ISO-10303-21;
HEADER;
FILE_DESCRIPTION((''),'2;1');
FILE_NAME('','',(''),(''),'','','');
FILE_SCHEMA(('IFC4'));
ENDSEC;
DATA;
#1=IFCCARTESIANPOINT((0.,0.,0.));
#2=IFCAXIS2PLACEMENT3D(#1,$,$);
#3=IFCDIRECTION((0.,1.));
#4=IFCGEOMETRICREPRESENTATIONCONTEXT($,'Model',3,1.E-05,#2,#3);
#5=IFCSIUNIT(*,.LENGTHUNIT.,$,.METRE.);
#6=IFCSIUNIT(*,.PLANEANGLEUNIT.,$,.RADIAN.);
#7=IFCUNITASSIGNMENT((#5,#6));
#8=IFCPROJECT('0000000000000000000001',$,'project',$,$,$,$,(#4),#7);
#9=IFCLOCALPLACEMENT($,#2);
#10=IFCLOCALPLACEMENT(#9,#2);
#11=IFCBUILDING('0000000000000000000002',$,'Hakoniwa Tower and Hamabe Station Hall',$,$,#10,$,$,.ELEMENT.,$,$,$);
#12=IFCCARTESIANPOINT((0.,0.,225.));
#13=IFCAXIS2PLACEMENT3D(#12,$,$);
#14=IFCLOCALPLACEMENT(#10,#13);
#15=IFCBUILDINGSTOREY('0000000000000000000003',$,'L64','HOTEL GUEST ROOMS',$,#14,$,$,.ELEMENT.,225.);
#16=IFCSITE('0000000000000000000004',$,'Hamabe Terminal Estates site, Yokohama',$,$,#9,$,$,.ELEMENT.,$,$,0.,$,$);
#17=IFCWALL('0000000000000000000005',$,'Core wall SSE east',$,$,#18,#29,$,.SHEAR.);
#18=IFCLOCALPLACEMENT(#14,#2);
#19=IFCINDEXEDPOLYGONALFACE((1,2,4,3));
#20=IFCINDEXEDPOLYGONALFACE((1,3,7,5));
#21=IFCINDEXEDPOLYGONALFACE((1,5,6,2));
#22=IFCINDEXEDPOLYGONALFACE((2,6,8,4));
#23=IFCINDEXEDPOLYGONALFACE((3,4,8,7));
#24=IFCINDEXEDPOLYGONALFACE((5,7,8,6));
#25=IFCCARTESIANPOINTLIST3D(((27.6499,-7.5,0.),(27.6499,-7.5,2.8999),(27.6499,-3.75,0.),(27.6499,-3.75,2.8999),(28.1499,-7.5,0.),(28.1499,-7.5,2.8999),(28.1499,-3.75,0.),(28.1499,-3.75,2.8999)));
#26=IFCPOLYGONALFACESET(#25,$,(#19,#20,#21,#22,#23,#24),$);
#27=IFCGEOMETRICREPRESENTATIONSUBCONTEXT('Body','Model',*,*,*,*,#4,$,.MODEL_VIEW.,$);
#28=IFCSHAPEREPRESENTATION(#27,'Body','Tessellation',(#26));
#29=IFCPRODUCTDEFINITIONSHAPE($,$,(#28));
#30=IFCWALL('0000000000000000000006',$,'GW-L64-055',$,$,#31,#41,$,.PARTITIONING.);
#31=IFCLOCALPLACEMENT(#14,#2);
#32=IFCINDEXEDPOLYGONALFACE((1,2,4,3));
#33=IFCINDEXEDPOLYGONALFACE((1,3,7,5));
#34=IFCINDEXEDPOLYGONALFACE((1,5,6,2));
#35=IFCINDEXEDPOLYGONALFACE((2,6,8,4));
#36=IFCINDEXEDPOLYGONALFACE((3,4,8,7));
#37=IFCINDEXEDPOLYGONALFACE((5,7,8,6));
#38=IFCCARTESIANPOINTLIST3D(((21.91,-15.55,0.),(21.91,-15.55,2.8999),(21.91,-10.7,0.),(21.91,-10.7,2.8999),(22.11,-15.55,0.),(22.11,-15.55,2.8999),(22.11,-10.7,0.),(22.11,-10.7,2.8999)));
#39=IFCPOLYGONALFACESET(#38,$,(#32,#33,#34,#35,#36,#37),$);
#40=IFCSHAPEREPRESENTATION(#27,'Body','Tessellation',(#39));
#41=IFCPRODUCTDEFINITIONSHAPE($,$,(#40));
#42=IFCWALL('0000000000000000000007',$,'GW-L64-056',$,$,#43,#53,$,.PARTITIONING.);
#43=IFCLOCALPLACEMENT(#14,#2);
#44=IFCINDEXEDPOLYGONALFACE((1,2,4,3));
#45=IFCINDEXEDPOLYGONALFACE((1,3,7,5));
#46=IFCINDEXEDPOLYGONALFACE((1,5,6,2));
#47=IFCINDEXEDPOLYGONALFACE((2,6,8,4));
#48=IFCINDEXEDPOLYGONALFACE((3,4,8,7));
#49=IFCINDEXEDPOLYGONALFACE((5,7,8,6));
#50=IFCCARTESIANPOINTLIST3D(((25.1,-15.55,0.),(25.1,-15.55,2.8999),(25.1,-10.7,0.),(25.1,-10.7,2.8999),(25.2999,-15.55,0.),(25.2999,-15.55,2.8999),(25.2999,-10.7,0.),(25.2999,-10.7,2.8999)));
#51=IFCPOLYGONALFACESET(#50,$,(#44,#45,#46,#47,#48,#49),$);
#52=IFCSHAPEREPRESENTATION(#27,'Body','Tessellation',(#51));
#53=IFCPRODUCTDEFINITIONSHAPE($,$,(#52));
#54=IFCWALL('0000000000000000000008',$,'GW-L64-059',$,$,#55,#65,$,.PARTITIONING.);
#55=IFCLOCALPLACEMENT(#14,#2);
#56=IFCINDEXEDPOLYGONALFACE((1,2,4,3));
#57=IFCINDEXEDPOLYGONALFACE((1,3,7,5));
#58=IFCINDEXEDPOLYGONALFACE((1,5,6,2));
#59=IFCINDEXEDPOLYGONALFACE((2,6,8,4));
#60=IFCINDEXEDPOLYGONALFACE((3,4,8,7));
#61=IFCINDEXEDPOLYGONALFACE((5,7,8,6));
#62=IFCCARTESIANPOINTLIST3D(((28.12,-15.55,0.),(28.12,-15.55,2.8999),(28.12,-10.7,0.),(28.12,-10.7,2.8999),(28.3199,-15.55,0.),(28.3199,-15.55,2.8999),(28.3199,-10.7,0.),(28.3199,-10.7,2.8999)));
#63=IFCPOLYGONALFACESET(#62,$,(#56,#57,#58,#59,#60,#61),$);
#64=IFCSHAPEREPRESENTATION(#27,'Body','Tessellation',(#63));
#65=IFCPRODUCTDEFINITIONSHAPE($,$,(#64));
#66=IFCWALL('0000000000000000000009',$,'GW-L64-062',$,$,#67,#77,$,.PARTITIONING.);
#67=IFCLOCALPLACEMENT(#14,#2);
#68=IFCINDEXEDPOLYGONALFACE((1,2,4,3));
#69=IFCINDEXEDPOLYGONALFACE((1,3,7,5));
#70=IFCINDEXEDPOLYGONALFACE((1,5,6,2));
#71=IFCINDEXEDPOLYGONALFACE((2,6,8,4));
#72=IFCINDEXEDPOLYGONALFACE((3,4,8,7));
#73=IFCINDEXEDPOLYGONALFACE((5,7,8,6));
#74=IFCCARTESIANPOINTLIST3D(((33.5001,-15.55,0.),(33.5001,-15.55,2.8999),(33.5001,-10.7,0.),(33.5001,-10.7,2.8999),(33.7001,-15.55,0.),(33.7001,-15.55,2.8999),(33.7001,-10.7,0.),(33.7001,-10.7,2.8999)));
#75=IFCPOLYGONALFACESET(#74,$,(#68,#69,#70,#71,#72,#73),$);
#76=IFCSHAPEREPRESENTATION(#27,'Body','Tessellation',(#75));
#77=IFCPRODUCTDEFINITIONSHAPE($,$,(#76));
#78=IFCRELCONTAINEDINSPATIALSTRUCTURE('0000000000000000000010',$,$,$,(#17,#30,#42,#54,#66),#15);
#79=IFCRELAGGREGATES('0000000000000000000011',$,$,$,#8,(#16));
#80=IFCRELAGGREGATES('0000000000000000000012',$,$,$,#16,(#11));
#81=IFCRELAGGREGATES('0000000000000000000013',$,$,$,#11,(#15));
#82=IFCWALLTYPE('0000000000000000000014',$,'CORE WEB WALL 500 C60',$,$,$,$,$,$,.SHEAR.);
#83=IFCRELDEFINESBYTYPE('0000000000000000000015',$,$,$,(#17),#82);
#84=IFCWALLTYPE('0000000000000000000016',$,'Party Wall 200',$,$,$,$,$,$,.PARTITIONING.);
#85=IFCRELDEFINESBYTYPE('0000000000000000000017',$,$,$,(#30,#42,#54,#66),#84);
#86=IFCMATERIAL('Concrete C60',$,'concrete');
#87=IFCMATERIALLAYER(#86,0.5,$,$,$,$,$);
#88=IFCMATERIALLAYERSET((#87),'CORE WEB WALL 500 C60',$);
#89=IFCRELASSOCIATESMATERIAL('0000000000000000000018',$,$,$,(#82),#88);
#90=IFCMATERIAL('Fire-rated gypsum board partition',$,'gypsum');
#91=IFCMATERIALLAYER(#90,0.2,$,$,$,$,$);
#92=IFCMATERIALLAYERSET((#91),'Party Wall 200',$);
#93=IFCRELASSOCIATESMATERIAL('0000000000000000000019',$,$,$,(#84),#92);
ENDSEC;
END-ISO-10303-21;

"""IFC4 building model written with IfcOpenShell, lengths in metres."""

from ifc_helpers import new_model, si_unit, direction, frame, frame_2d, origin, place, context, subcontext, project, spatial, rectangle, extrude, material, layer, layer_set, type_object, element, save


model = new_model("IFC4")

# Units and contexts
model_context = context("Model", 3, precision=1e-05, world=origin(), true_north=direction((0.0, 1.0)))
body_context = subcontext(model_context, "Body", "Model", "MODEL_VIEW")
ifc_project = project(units=[si_unit("LENGTHUNIT", "METRE"), si_unit("PLANEANGLEUNIT", "RADIAN")], contexts=[model_context])

# Site, building, storey
site_placement = place(None, origin())
site = spatial("IfcSite", under=ifc_project, at=site_placement, Name="Hamabe Terminal Estates site, Yokohama", CompositionType="ELEMENT", RefElevation=0.0)
building_placement = place(site_placement, origin())
building = spatial("IfcBuilding", under=site, at=building_placement, Name="Hakoniwa Tower and Hamabe Station Hall", CompositionType="ELEMENT")
storey_placement = place(building_placement, frame((0.0, 0.0, 225.0)))
storey = spatial("IfcBuildingStorey", under=building, at=storey_placement, Name="L64", Description="HOTEL GUEST ROOMS", CompositionType="ELEMENT", Elevation=225.0)

# Walls
ifc_material_1 = material(Name="Concrete C60", Category="concrete")
ifc_layer_1 = layer(ifc_material_1, 0.5)
ifc_layer_set_1 = layer_set([ifc_layer_1], Name="CORE WEB WALL 500 C60")
wall_type_1 = type_object("IfcWallType", Name="CORE WEB WALL 500 C60", PredefinedType="SHEAR", material=ifc_layer_set_1)
wall_1_placement = place(storey_placement, frame((27.8999, -7.5, 0.0), z_axis=(0.0, 0.0, 1.0), x_axis=(0.0, 1.0, 0.0)))
element("IfcWall", 1, at=wall_1_placement, inside=storey, type_object=wall_type_1, Name="Core wall SSE east", PredefinedType="SHEAR", context=body_context, shape_type="SweptSolid", body=[
    extrude(rectangle(XDim=3.75, YDim=0.5, at=frame_2d((1.875, 0.0))), origin(), (0.0, 0.0, 1.0), 2.8999),
])
ifc_material_2 = material(Name="Fire-rated gypsum board partition", Category="gypsum")
ifc_layer_2 = layer(ifc_material_2, 0.2)
ifc_layer_set_2 = layer_set([ifc_layer_2], Name="Party Wall 200")
wall_type_2 = type_object("IfcWallType", Name="Party Wall 200", PredefinedType="PARTITIONING", material=ifc_layer_set_2)
for number, where, z_axis, x_axis, name in (
    (2, (22.01, -15.55, 0.0), (0.0, 0.0, 1.0), (0.0, 1.0, 0.0), "GW-L64-055"),
    (3, (25.2, -15.55, 0.0), (0.0, 0.0, 1.0), (0.0, 1.0, 0.0), "GW-L64-056"),
    (4, (28.22, -15.55, 0.0), (0.0, 0.0, 1.0), (0.0, 1.0, 0.0), "GW-L64-059"),
    (5, (33.6001, -15.55, 0.0), (0.0, 0.0, 1.0), (0.0, 1.0, 0.0), "GW-L64-062"),
):
    element("IfcWall", number, at=place(storey_placement, frame(where, z_axis=z_axis, x_axis=x_axis)), inside=storey, type_object=wall_type_2, Name=name, PredefinedType="PARTITIONING", context=body_context, shape_type="SweptSolid", body=[
        extrude(rectangle(XDim=4.8501, YDim=0.2, at=frame_2d((2.425, 0.0))), origin(), (0.0, 0.0, 1.0), 2.8999),
    ])

save(model, "model.ifc")
